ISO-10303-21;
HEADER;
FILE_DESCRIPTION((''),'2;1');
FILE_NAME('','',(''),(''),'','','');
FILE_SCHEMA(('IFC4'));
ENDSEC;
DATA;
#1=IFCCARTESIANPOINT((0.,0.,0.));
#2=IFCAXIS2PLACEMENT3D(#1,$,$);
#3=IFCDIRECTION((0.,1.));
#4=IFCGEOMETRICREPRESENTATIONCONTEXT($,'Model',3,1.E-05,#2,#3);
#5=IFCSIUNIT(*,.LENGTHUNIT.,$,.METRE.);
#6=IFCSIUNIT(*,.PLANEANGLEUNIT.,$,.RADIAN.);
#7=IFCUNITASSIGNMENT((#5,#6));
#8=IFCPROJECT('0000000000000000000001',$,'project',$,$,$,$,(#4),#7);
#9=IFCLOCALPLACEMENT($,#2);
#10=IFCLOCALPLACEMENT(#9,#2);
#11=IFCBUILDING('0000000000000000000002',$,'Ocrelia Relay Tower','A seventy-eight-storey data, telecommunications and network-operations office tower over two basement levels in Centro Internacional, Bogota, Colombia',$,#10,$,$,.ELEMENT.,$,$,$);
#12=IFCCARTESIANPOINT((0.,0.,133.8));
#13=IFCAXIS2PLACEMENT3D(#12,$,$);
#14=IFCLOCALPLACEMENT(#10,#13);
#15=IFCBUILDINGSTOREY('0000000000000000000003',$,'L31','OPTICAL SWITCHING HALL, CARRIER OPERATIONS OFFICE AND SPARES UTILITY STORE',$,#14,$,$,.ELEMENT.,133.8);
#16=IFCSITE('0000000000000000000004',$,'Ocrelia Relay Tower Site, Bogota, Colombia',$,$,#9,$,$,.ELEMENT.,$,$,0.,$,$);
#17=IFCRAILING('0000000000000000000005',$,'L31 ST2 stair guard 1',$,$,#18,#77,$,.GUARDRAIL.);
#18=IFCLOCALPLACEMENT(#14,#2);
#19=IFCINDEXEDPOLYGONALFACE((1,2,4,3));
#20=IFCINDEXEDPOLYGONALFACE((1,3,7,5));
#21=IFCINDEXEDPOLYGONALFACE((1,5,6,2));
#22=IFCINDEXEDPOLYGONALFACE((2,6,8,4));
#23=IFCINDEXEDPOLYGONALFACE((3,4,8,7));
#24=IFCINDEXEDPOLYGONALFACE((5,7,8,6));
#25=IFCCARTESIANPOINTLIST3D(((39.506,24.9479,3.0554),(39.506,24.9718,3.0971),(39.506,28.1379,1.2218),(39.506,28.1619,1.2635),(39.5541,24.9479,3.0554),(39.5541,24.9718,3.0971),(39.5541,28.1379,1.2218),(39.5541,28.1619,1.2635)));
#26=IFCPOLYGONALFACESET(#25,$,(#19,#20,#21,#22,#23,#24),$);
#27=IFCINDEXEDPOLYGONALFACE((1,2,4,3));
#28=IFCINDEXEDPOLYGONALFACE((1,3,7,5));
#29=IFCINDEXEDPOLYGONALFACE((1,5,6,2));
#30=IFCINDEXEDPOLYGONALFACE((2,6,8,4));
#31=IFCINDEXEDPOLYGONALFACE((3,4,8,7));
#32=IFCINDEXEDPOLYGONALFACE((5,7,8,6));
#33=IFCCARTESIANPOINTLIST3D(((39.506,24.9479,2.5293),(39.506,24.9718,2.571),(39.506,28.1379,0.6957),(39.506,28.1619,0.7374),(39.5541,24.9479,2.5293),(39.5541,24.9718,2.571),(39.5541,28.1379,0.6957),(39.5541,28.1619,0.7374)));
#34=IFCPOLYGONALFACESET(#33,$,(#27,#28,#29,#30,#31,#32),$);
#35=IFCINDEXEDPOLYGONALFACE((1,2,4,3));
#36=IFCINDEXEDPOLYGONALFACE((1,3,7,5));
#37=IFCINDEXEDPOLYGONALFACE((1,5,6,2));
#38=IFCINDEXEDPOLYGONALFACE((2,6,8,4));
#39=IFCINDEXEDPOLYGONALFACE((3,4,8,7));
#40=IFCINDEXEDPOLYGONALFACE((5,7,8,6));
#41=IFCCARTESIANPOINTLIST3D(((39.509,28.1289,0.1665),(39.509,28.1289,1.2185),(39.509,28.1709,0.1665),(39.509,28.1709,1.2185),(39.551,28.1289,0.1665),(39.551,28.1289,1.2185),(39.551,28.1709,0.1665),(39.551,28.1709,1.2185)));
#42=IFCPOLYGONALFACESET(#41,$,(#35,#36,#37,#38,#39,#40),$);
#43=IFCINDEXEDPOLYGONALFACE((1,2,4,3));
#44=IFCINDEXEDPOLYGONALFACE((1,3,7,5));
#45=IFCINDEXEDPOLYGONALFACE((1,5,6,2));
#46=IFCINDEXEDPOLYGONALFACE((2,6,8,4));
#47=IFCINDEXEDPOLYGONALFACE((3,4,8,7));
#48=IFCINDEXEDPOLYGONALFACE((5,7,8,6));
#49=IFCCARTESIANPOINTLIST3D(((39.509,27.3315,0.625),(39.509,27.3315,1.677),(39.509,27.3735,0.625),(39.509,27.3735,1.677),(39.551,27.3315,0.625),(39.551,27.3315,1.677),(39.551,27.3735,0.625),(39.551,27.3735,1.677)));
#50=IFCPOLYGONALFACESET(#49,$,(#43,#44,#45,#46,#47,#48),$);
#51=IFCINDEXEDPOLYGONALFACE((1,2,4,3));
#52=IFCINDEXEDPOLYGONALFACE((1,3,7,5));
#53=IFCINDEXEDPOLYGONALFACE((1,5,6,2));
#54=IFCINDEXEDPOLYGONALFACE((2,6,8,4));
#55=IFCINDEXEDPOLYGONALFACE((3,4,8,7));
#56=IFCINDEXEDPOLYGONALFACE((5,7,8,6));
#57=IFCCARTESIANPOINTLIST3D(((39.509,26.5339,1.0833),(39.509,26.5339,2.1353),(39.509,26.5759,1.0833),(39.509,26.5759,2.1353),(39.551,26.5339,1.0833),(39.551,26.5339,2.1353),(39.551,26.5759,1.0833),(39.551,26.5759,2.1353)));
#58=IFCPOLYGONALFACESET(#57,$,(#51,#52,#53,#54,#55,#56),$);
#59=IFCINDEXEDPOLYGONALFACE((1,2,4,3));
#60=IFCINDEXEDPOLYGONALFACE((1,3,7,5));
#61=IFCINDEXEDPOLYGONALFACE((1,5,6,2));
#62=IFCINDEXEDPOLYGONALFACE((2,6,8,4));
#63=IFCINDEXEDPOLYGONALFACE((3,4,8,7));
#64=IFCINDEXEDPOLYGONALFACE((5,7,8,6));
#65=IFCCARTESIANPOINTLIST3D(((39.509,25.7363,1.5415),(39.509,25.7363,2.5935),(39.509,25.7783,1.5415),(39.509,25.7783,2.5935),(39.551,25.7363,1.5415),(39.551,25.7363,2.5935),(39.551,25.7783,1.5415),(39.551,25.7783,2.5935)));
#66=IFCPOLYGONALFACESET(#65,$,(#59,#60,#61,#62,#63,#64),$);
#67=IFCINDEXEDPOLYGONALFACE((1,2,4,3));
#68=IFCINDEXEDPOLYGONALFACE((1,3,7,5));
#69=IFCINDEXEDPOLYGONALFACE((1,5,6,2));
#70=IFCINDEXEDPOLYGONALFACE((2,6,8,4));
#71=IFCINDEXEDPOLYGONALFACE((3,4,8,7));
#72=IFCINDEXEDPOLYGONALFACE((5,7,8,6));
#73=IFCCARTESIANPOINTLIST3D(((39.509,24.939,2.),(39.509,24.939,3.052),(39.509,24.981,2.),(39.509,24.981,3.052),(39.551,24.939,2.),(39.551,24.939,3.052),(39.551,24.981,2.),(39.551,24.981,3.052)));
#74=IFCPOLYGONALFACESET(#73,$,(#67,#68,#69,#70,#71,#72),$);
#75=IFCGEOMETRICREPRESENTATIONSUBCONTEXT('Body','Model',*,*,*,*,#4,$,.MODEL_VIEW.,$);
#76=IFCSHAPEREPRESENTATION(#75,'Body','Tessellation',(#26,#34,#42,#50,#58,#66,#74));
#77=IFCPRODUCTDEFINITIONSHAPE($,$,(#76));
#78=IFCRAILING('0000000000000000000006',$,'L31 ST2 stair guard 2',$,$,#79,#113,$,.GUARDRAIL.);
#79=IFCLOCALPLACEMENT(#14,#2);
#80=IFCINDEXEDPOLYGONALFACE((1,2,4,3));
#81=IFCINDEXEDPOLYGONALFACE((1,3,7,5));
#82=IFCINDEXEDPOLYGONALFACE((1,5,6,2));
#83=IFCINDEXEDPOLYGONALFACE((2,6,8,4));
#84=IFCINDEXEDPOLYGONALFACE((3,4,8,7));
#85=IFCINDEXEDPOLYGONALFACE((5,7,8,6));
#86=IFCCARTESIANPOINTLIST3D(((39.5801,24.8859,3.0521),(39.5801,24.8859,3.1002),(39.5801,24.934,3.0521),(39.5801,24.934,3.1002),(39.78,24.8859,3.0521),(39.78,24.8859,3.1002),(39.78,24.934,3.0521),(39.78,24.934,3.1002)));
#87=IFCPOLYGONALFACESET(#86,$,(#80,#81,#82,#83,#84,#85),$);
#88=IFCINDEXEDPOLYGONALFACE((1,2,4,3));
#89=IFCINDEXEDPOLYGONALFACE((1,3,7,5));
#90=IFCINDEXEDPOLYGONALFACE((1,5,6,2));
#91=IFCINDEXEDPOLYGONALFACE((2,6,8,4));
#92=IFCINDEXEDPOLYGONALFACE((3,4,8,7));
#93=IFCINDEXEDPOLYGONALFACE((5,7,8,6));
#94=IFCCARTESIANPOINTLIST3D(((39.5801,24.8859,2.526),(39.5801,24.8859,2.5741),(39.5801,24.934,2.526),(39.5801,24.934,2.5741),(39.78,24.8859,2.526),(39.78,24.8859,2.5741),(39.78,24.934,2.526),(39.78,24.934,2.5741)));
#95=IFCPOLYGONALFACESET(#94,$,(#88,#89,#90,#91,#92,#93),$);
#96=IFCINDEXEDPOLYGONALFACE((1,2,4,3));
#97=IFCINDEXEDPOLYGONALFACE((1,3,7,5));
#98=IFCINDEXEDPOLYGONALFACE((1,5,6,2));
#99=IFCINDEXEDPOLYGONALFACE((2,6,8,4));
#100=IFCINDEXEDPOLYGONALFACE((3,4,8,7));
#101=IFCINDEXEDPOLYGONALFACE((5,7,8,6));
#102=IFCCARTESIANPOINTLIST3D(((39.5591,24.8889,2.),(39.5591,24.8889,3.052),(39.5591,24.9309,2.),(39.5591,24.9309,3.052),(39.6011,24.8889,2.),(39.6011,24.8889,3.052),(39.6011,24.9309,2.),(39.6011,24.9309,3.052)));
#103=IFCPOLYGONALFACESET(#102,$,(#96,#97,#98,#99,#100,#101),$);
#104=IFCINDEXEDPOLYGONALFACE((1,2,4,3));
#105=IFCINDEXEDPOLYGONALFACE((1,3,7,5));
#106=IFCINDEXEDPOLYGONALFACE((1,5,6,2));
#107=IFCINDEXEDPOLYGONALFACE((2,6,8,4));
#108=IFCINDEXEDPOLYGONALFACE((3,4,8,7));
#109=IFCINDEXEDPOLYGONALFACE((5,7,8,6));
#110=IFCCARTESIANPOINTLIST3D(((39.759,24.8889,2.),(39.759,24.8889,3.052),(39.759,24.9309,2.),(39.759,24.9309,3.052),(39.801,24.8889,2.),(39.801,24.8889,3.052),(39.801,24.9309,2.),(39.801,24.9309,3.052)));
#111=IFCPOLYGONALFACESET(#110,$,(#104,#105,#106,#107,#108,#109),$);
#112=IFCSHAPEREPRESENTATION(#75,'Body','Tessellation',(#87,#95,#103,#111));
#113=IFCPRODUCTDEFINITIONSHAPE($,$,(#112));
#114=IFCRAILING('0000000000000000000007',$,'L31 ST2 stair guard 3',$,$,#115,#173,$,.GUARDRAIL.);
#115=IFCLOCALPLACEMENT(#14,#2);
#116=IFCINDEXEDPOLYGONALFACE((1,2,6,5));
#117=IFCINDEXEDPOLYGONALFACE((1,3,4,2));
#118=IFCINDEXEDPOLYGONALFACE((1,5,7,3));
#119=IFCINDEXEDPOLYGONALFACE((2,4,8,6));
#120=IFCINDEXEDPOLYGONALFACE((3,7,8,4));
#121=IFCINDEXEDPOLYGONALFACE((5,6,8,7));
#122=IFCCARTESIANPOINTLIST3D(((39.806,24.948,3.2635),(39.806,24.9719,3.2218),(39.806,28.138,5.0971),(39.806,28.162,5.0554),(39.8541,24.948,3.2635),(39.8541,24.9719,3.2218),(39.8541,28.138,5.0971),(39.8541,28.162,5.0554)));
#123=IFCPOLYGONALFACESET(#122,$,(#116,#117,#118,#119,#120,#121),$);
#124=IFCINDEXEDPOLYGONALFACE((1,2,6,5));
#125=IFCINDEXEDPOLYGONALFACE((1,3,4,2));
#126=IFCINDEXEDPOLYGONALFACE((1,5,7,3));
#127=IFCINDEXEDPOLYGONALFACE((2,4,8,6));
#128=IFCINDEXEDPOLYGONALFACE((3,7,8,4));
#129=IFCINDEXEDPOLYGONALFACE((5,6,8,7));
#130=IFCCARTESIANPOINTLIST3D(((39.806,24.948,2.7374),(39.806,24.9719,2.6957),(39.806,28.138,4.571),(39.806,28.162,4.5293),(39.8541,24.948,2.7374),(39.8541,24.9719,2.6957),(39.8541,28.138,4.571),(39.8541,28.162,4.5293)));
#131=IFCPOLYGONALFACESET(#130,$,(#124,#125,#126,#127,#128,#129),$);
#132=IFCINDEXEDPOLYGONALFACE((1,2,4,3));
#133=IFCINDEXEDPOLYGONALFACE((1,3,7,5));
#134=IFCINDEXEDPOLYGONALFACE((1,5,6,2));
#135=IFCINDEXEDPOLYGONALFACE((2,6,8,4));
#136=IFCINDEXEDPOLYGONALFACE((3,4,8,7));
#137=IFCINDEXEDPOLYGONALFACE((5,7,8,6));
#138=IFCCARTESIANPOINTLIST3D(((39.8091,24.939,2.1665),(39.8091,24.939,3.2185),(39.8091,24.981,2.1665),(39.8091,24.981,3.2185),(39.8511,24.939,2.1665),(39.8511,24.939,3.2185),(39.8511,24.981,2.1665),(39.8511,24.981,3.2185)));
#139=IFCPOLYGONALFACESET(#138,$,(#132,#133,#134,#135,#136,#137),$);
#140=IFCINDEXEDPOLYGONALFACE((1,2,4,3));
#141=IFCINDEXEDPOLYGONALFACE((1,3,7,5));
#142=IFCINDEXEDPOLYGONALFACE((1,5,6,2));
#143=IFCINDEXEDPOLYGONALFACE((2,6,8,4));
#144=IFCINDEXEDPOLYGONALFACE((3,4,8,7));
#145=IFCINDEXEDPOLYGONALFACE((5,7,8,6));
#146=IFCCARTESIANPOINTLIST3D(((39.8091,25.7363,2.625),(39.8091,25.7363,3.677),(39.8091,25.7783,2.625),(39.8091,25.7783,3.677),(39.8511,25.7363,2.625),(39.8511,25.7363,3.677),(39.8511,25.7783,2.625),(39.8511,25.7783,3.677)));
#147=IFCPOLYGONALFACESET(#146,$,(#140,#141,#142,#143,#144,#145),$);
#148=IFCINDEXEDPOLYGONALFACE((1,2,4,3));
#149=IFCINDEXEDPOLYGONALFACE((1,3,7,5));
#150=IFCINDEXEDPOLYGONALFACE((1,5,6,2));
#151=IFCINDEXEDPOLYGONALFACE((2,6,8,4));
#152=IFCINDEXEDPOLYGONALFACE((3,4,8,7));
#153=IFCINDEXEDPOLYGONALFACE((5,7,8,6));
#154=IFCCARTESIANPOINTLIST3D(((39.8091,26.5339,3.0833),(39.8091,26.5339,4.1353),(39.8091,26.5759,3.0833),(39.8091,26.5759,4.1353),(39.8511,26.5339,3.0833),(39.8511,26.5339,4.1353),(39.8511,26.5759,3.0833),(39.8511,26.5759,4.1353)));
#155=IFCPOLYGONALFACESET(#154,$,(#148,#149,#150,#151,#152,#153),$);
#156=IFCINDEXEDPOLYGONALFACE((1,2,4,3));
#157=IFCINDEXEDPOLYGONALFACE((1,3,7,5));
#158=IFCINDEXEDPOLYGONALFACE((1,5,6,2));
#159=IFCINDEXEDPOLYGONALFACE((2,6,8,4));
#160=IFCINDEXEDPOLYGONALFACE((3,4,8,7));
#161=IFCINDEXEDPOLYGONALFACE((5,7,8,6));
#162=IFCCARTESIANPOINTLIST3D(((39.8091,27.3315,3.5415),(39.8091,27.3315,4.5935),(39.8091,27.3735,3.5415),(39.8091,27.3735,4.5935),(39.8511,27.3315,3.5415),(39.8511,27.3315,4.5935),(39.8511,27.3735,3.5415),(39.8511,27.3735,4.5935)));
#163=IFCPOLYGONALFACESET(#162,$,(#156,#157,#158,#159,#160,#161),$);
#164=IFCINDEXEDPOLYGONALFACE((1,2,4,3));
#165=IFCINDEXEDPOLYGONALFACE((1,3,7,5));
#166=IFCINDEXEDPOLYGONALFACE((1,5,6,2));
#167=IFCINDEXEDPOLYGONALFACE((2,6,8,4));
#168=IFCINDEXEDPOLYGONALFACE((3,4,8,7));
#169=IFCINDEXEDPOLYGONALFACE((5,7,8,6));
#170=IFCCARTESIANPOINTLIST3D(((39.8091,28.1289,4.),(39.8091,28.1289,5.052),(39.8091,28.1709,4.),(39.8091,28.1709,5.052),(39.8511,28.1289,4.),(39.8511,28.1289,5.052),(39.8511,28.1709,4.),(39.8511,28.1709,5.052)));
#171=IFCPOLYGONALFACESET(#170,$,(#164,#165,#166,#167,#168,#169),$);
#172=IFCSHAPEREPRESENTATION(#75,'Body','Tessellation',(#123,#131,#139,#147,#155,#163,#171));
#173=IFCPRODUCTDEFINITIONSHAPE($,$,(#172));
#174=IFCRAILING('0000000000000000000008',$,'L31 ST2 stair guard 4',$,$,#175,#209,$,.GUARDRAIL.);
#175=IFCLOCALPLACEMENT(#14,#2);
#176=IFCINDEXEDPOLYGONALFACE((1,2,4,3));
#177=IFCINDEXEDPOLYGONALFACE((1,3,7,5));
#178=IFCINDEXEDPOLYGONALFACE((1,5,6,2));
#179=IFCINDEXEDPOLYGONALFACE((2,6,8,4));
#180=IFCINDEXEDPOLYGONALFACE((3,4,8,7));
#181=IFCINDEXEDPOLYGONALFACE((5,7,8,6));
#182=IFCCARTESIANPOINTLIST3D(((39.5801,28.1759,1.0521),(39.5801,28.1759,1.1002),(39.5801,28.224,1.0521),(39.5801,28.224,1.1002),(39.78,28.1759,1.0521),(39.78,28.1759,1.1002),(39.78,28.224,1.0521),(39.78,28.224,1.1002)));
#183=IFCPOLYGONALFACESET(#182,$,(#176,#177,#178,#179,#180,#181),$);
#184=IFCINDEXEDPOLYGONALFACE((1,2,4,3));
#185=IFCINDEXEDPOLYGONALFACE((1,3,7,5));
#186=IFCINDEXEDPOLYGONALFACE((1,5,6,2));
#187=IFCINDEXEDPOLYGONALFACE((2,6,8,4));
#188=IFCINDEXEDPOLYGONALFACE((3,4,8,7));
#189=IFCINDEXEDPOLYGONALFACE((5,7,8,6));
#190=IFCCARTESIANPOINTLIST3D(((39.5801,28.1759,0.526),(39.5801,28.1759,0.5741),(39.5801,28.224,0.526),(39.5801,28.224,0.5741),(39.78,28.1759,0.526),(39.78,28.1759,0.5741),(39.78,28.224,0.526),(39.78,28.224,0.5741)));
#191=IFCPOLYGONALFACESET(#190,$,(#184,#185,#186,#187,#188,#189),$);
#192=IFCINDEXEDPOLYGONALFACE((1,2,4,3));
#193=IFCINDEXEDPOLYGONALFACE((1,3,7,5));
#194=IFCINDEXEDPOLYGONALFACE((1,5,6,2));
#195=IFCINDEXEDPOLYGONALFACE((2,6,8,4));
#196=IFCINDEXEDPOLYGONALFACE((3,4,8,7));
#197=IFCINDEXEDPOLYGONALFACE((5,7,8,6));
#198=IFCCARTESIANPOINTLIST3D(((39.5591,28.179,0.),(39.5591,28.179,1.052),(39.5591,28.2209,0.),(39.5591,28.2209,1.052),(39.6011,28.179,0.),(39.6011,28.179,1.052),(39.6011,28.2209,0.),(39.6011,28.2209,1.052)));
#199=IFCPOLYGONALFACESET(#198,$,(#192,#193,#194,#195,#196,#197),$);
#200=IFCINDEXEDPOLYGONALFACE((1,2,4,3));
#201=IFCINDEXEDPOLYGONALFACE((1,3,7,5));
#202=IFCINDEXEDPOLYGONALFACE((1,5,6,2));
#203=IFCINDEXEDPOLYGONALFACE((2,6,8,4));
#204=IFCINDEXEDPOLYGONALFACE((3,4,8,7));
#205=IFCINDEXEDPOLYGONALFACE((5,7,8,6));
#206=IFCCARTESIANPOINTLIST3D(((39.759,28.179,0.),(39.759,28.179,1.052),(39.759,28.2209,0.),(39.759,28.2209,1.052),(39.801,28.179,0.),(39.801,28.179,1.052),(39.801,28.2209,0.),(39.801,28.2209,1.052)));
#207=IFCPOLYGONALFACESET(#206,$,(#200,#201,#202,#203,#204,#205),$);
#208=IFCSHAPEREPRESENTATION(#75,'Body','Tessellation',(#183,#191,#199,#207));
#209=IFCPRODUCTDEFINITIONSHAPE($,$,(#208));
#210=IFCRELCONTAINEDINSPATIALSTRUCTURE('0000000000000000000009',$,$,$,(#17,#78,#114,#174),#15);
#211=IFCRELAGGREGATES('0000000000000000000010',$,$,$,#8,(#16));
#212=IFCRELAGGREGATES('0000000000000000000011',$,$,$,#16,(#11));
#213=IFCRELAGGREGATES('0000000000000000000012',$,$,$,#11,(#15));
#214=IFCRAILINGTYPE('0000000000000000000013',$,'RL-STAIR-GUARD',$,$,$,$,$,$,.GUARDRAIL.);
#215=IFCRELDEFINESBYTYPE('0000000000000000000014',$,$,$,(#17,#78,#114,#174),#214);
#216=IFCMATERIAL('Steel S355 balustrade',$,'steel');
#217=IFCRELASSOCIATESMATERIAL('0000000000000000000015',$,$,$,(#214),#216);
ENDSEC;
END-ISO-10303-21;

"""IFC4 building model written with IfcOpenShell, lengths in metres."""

from ifc_helpers import new_model, si_unit, direction, frame, origin, origin_2d, place, context, subcontext, project, spatial, rectangle, extrude, material, type_object, element, save


model = new_model("IFC4")

# Units and contexts
model_context = context("Model", 3, precision=1e-05, world=origin(), true_north=direction((0.0, 1.0)))
body_context = subcontext(model_context, "Body", "Model", "MODEL_VIEW")
ifc_project = project(units=[si_unit("LENGTHUNIT", "METRE"), si_unit("PLANEANGLEUNIT", "RADIAN")], contexts=[model_context])

# Site, building, storey
site_placement = place(None, origin())
site = spatial("IfcSite", under=ifc_project, at=site_placement, Name="Ocrelia Relay Tower Site, Bogota, Colombia", CompositionType="ELEMENT", RefElevation=0.0)
building_placement = place(site_placement, origin())
building = spatial("IfcBuilding", under=site, at=building_placement, Name="Ocrelia Relay Tower", Description="A seventy-eight-storey data, telecommunications and network-operations office tower over two basement levels in Centro Internacional, Bogota, Colombia", CompositionType="ELEMENT")
storey_placement = place(building_placement, frame((0.0, 0.0, 133.8)))
storey = spatial("IfcBuildingStorey", under=building, at=storey_placement, Name="L31", Description="OPTICAL SWITCHING HALL, CARRIER OPERATIONS OFFICE AND SPARES UTILITY STORE", CompositionType="ELEMENT", Elevation=133.8)

# Railings
ifc_material_1 = material(Name="Steel S355 balustrade", Category="steel")
railing_type_1 = type_object("IfcRailingType", Name="RL-STAIR-GUARD", PredefinedType="GUARDRAIL", material=ifc_material_1)
railing_1_placement = place(storey_placement, frame((39.53, 28.1499, 0.1665)))
element("IfcRailing", 1, at=railing_1_placement, inside=storey, type_object=railing_type_1, Name="L31 ST2 stair guard 1", PredefinedType="GUARDRAIL", context=body_context, shape_type="SweptSolid", body=[
    extrude(rectangle(XDim=0.0481, YDim=0.0481, at=origin_2d()), frame((0.0, 0.0, 1.0762), z_axis=(0.0, -0.866991, 0.498324), x_axis=(1.0, 0.0, 0.0)), (0.0, 0.0, 1.0), 3.6794),
    extrude(rectangle(XDim=0.0481, YDim=0.0481, at=origin_2d()), frame((0.0, 0.0, 0.55), z_axis=(0.0, -0.866991, 0.498324), x_axis=(1.0, 0.0, 0.0)), (0.0, 0.0, 1.0), 3.6794),
    extrude(rectangle(XDim=0.042, YDim=0.042, at=origin_2d()), origin(), (0.0, 0.0, 1.0), 1.052),
    extrude(rectangle(XDim=0.042, YDim=0.042, at=origin_2d()), frame((0.0, -0.7974, 0.4585)), (0.0, 0.0, 1.0), 1.052),
    extrude(rectangle(XDim=0.042, YDim=0.042, at=origin_2d()), frame((0.0, -1.595, 0.9167)), (0.0, 0.0, 1.0), 1.052),
    extrude(rectangle(XDim=0.042, YDim=0.042, at=origin_2d()), frame((0.0, -2.3926, 1.375)), (0.0, 0.0, 1.0), 1.052),
    extrude(rectangle(XDim=0.042, YDim=0.042, at=origin_2d()), frame((0.0, -3.1899, 1.8335)), (0.0, 0.0, 1.0), 1.052),
])
railing_2_placement = place(storey_placement, frame((39.5801, 24.9099, 2.0)))
element("IfcRailing", 2, at=railing_2_placement, inside=storey, type_object=railing_type_1, Name="L31 ST2 stair guard 2", PredefinedType="GUARDRAIL", context=body_context, shape_type="SweptSolid", body=[
    extrude(rectangle(XDim=0.0481, YDim=0.0481, at=origin_2d()), frame((0.0, 0.0, 1.0762), z_axis=(1.0, 0.0, 0.0), x_axis=(0.0, 1.0, 0.0)), (0.0, 0.0, 1.0), 0.2),
    extrude(rectangle(XDim=0.0481, YDim=0.0481, at=origin_2d()), frame((0.0, 0.0, 0.55), z_axis=(1.0, 0.0, 0.0), x_axis=(0.0, 1.0, 0.0)), (0.0, 0.0, 1.0), 0.2),
    extrude(rectangle(XDim=0.042, YDim=0.042, at=origin_2d()), origin(), (0.0, 0.0, 1.0), 1.052),
    extrude(rectangle(XDim=0.042, YDim=0.042, at=origin_2d()), frame((0.2, 0.0, 0.0)), (0.0, 0.0, 1.0), 1.052),
])
railing_3_placement = place(storey_placement, frame((39.8301, 24.96, 2.1665)))
element("IfcRailing", 3, at=railing_3_placement, inside=storey, type_object=railing_type_1, Name="L31 ST2 stair guard 3", PredefinedType="GUARDRAIL", context=body_context, shape_type="SweptSolid", body=[
    extrude(rectangle(XDim=0.0481, YDim=0.0481, at=origin_2d()), frame((0.0, 0.0, 1.0762), z_axis=(0.0, 0.866991, 0.498324), x_axis=(-1.0, 0.0, 0.0)), (0.0, 0.0, 1.0), 3.6794),
    extrude(rectangle(XDim=0.0481, YDim=0.0481, at=origin_2d()), frame((0.0, 0.0, 0.55), z_axis=(0.0, 0.866991, 0.498324), x_axis=(-1.0, 0.0, 0.0)), (0.0, 0.0, 1.0), 3.6794),
    extrude(rectangle(XDim=0.042, YDim=0.042, at=origin_2d()), origin(), (0.0, 0.0, 1.0), 1.052),
    extrude(rectangle(XDim=0.042, YDim=0.042, at=origin_2d()), frame((0.0, 0.7974, 0.4585)), (0.0, 0.0, 1.0), 1.052),
    extrude(rectangle(XDim=0.042, YDim=0.042, at=origin_2d()), frame((0.0, 1.595, 0.9167)), (0.0, 0.0, 1.0), 1.052),
    extrude(rectangle(XDim=0.042, YDim=0.042, at=origin_2d()), frame((0.0, 2.3926, 1.375)), (0.0, 0.0, 1.0), 1.052),
    extrude(rectangle(XDim=0.042, YDim=0.042, at=origin_2d()), frame((0.0, 3.1899, 1.8335)), (0.0, 0.0, 1.0), 1.052),
])
railing_4_placement = place(storey_placement, frame((39.5801, 28.2, 0.0)))
element("IfcRailing", 4, at=railing_4_placement, inside=storey, type_object=railing_type_1, Name="L31 ST2 stair guard 4", PredefinedType="GUARDRAIL", context=body_context, shape_type="SweptSolid", body=[
    extrude(rectangle(XDim=0.0481, YDim=0.0481, at=origin_2d()), frame((0.0, 0.0, 1.0762), z_axis=(1.0, 0.0, 0.0), x_axis=(0.0, 1.0, 0.0)), (0.0, 0.0, 1.0), 0.2),
    extrude(rectangle(XDim=0.0481, YDim=0.0481, at=origin_2d()), frame((0.0, 0.0, 0.55), z_axis=(1.0, 0.0, 0.0), x_axis=(0.0, 1.0, 0.0)), (0.0, 0.0, 1.0), 0.2),
    extrude(rectangle(XDim=0.042, YDim=0.042, at=origin_2d()), origin(), (0.0, 0.0, 1.0), 1.052),
    extrude(rectangle(XDim=0.042, YDim=0.042, at=origin_2d()), frame((0.2, 0.0, 0.0)), (0.0, 0.0, 1.0), 1.052),
])

save(model, "model.ifc")
